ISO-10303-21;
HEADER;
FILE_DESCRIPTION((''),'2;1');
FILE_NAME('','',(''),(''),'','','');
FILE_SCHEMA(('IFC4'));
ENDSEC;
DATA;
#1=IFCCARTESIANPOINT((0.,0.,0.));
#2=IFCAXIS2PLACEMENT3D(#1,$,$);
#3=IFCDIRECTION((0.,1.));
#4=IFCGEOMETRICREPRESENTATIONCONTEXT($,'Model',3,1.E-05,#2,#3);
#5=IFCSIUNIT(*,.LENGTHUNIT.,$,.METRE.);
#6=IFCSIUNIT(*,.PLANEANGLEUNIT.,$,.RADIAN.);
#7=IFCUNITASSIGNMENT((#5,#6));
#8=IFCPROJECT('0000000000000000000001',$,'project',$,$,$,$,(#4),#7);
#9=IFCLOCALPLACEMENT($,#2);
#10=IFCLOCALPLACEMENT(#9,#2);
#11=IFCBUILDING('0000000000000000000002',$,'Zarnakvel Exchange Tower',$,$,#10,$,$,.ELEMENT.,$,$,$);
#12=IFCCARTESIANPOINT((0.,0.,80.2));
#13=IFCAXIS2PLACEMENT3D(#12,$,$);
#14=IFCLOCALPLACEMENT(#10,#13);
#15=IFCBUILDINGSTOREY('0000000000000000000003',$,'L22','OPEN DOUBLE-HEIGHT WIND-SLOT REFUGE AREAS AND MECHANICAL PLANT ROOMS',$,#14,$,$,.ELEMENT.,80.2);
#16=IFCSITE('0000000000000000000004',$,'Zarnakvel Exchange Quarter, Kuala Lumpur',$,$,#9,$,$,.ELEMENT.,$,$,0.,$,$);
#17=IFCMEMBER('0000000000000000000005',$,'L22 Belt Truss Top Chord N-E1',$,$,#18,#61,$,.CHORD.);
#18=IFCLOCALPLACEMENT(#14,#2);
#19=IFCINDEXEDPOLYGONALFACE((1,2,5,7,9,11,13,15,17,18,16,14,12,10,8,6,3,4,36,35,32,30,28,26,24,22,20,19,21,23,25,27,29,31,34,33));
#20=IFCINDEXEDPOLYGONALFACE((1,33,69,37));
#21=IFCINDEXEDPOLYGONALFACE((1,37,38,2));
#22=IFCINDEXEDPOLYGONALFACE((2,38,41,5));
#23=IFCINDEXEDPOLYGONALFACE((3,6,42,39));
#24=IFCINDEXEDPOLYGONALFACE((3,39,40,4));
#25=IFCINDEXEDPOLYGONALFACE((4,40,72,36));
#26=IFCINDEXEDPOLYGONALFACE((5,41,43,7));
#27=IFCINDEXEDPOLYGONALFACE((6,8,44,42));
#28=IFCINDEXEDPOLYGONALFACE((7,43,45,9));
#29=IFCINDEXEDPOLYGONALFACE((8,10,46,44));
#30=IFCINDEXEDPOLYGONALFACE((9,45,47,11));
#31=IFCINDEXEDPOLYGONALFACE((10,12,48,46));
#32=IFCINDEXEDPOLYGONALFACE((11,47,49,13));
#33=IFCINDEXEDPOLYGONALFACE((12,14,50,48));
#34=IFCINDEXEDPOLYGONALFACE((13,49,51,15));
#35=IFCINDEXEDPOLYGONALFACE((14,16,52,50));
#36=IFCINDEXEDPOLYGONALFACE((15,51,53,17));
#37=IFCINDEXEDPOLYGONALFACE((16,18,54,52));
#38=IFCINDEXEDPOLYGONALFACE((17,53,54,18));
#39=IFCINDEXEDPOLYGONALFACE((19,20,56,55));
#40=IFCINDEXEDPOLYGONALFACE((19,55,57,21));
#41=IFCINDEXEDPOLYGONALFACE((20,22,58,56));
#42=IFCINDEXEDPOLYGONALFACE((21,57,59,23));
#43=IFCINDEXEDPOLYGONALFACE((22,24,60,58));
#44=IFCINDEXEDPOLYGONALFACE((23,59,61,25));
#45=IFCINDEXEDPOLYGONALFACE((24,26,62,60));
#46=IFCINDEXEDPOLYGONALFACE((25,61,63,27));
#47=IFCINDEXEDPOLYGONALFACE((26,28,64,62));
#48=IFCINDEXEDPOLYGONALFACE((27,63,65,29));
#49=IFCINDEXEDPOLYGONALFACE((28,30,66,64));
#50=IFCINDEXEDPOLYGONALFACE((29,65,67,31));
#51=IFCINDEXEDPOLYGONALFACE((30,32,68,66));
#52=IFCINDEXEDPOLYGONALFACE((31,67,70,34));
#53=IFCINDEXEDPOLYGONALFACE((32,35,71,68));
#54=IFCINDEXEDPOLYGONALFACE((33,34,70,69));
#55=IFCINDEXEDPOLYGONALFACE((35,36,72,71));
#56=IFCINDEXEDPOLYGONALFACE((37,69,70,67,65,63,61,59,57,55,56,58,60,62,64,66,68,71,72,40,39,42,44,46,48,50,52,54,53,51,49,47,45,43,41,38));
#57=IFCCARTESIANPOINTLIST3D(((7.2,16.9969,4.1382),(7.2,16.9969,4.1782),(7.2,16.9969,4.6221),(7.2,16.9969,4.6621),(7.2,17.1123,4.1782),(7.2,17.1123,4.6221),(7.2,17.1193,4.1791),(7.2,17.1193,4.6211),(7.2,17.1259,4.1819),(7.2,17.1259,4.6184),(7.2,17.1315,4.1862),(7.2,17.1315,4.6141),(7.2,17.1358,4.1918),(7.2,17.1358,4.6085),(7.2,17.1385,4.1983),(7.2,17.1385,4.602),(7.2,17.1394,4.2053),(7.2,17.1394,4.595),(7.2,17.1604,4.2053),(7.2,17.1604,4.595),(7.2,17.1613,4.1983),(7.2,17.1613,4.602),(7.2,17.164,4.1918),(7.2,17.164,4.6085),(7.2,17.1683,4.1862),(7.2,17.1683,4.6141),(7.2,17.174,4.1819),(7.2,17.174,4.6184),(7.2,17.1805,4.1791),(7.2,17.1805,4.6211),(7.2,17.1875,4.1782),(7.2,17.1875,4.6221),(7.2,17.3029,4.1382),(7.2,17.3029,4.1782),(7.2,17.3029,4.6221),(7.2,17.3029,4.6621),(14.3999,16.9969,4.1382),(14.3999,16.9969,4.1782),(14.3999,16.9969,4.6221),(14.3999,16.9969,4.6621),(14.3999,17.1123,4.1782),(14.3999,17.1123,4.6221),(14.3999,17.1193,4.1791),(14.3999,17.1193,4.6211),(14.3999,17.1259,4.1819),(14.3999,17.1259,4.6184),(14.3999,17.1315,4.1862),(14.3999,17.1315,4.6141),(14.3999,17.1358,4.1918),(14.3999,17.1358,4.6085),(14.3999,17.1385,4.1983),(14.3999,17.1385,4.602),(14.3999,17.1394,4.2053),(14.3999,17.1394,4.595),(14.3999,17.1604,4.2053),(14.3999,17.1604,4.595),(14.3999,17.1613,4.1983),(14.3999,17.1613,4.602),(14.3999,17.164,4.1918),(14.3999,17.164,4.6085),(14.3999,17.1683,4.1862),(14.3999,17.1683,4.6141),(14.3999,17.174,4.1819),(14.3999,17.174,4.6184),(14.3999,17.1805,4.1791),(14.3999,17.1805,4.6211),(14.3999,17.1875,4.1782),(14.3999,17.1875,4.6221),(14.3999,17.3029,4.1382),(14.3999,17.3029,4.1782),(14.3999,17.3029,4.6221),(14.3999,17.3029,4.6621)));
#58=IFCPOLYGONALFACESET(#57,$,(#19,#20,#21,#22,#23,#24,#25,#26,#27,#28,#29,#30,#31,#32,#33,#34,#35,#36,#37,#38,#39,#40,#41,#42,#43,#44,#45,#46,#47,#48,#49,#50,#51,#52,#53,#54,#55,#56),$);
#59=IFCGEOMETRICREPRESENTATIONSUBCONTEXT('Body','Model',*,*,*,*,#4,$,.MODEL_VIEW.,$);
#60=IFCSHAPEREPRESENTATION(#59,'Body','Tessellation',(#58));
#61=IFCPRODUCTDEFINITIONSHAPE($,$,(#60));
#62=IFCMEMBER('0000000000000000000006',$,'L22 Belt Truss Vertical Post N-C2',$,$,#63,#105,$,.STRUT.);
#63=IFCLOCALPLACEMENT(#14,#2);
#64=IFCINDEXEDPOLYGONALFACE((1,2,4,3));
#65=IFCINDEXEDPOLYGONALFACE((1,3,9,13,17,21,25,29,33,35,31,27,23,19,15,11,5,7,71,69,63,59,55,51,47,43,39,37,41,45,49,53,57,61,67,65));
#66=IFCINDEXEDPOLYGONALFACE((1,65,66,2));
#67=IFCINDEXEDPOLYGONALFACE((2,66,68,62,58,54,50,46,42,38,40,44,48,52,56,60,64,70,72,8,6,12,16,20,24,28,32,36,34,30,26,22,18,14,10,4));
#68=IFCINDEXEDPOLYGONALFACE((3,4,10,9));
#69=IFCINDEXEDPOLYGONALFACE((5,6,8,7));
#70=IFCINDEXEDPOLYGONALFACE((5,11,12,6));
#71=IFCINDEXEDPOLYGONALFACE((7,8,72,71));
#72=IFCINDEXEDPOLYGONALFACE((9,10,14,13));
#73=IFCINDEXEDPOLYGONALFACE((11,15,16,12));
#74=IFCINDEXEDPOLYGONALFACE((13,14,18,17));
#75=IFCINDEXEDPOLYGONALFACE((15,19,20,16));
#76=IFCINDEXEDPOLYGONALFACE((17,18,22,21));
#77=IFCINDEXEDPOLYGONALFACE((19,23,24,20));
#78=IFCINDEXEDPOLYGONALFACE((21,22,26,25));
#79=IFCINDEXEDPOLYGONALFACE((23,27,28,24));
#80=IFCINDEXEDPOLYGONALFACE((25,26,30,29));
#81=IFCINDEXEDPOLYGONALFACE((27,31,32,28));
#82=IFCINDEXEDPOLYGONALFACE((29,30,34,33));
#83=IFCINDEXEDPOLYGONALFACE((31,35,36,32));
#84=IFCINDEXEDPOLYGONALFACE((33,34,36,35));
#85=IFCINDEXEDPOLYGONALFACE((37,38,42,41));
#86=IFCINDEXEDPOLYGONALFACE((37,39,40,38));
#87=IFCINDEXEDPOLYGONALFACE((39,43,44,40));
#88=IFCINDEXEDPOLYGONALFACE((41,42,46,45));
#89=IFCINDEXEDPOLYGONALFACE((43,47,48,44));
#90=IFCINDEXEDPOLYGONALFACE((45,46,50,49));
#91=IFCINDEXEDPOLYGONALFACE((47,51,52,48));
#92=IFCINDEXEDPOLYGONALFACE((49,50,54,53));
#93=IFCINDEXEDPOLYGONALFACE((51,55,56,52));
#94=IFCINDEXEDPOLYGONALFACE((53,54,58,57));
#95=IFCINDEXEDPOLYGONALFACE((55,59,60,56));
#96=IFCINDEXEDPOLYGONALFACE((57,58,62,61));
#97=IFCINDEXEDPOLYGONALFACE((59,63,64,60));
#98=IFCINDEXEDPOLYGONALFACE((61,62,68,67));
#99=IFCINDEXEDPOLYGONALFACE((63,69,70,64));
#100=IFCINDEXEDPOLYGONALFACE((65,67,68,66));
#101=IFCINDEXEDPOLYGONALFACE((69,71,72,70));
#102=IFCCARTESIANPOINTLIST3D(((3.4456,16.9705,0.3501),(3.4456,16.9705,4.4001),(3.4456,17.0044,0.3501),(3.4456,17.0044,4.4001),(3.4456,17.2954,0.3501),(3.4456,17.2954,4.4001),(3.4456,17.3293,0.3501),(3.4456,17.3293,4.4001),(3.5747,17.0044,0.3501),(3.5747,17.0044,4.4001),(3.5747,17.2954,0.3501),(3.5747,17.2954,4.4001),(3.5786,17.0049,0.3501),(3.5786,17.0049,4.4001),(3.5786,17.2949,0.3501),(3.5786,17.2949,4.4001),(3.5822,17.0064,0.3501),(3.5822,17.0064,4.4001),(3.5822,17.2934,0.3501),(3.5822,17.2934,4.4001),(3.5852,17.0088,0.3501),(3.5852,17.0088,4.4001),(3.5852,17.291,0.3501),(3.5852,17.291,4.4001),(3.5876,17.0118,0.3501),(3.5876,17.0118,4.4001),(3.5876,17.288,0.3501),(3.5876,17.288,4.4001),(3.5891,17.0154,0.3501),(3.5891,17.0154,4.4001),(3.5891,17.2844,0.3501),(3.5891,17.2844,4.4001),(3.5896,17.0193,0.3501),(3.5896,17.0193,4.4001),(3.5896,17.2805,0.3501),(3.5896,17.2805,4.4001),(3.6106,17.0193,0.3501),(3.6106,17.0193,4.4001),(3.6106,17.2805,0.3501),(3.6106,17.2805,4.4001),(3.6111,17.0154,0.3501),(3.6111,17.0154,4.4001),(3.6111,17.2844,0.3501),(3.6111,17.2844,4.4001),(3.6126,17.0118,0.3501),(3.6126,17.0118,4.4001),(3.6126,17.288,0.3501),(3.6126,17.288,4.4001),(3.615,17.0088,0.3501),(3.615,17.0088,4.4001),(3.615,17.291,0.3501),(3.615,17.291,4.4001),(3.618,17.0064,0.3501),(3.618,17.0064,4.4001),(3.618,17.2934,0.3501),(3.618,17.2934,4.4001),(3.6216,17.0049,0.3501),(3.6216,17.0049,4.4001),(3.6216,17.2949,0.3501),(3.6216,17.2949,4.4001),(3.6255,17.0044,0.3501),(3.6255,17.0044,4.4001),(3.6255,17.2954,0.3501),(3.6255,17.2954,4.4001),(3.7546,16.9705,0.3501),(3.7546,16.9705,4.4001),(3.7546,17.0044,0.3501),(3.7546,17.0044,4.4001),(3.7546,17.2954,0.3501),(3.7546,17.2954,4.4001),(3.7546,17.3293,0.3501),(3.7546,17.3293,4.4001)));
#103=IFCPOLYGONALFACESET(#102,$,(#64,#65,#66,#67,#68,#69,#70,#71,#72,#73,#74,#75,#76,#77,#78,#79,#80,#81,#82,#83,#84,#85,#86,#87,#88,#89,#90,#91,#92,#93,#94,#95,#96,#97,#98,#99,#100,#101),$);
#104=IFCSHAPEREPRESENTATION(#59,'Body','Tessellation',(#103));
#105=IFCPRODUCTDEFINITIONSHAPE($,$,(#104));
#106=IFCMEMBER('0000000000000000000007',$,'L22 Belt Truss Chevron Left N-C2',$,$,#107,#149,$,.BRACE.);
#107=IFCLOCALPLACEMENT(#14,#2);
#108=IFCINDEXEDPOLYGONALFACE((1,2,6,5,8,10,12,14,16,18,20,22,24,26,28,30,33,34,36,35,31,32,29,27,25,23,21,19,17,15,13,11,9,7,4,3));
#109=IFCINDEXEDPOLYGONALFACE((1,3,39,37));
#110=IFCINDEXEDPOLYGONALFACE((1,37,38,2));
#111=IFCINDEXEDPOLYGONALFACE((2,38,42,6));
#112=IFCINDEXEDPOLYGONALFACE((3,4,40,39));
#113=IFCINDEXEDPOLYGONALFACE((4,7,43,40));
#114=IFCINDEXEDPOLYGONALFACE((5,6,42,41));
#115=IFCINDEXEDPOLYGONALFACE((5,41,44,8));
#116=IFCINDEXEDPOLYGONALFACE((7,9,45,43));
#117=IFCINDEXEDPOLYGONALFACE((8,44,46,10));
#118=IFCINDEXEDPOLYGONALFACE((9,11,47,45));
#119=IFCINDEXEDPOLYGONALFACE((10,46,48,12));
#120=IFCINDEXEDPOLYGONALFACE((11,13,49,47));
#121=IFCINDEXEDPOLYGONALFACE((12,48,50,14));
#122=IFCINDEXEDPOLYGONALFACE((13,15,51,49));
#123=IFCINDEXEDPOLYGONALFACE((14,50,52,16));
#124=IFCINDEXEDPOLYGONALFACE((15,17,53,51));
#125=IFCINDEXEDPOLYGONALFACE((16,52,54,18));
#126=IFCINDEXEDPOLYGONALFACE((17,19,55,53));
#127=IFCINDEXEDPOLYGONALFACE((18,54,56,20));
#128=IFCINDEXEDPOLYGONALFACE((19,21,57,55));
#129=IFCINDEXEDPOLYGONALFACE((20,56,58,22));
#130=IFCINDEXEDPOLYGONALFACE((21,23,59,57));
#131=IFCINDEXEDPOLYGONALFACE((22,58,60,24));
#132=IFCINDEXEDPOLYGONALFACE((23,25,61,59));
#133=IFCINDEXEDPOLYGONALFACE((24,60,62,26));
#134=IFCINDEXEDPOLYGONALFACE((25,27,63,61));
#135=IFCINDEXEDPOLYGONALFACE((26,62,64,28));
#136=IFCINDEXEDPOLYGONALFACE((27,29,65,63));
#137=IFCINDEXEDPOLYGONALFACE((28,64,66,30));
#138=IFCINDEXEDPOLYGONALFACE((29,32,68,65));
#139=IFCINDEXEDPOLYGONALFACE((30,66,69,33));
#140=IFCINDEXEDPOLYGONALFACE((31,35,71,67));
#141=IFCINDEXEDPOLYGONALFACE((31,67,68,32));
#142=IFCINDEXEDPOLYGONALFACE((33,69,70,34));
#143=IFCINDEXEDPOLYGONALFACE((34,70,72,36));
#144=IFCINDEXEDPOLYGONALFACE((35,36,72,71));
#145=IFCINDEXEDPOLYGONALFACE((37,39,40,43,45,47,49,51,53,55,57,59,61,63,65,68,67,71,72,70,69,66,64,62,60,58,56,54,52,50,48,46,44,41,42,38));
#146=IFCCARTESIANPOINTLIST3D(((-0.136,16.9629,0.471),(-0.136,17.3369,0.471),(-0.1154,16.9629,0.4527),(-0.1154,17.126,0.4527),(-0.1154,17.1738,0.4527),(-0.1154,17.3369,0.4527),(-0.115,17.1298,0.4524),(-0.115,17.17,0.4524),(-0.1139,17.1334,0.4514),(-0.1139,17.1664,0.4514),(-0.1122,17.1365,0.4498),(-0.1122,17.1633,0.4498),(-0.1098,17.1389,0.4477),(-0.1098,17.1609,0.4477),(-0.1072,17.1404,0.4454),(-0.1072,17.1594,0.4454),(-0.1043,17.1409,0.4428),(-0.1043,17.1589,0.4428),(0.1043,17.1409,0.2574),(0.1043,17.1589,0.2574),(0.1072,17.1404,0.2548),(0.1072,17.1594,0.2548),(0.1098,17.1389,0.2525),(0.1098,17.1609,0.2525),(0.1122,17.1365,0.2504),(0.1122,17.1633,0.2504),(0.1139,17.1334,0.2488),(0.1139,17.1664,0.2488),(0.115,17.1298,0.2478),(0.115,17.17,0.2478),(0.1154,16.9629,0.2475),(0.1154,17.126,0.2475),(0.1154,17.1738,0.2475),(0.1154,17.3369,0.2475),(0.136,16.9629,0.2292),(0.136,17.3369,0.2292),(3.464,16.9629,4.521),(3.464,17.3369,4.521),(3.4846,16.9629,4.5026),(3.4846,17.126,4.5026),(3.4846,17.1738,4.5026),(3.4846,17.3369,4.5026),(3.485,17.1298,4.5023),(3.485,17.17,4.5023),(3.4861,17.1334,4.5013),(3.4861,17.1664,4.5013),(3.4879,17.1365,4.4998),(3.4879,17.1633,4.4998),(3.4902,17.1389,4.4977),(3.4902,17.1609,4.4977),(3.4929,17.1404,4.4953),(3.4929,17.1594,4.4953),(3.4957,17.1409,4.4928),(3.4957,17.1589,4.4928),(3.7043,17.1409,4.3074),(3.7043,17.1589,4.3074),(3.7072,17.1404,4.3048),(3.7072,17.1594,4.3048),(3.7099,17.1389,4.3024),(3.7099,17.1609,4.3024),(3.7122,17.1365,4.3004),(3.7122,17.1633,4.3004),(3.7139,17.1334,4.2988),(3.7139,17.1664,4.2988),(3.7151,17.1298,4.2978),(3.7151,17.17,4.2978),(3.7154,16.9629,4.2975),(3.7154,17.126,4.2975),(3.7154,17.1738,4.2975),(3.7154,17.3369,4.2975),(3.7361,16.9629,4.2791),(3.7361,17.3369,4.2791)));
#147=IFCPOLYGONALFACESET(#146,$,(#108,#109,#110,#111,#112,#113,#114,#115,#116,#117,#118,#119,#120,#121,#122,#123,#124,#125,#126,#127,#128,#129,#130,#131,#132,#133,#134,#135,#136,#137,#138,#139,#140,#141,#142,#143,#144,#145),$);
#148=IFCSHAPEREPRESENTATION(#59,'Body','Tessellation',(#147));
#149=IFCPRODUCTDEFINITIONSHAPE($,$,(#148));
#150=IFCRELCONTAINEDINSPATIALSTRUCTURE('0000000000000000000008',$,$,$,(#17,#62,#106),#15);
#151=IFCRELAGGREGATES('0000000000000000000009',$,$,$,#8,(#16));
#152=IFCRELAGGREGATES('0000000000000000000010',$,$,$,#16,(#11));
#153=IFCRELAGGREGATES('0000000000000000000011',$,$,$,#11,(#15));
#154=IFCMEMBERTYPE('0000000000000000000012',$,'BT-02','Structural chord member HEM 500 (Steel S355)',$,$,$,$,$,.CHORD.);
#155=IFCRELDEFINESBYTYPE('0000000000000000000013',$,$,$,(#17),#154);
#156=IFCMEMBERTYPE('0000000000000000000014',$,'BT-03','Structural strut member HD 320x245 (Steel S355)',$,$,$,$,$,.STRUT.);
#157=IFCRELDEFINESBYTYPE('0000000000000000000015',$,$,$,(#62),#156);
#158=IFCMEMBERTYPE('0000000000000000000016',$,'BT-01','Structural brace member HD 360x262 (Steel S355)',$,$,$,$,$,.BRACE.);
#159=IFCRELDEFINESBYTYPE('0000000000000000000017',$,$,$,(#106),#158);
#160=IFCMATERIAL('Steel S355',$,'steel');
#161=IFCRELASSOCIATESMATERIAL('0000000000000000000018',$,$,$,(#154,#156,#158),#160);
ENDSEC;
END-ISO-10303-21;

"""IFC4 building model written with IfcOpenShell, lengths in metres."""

from ifc_helpers import new_model, si_unit, direction, frame, origin, origin_2d, place, context, subcontext, project, spatial, i_section, extrude, source, transform, mapped, material, material_profile, profile_set, type_object, element, save


model = new_model("IFC4")

# Units and contexts
model_context = context("Model", 3, precision=1e-05, world=origin(), true_north=direction((0.0, 1.0)))
body_context = subcontext(model_context, "Body", "Model", "MODEL_VIEW")
ifc_project = project(units=[si_unit("LENGTHUNIT", "METRE"), si_unit("PLANEANGLEUNIT", "RADIAN")], contexts=[model_context])

# Site, building, storey
site_placement = place(None, origin())
site = spatial("IfcSite", under=ifc_project, at=site_placement, Name="Zarnakvel Exchange Quarter, Kuala Lumpur", CompositionType="ELEMENT", RefElevation=0.0)
building_placement = place(site_placement, origin())
building = spatial("IfcBuilding", under=site, at=building_placement, Name="Zarnakvel Exchange Tower", CompositionType="ELEMENT")
storey_placement = place(building_placement, frame((0.0, 0.0, 80.2)))
storey = spatial("IfcBuildingStorey", under=building, at=storey_placement, Name="L22", Description="OPEN DOUBLE-HEIGHT WIND-SLOT REFUGE AREAS AND MECHANICAL PLANT ROOMS", CompositionType="ELEMENT", Elevation=80.2)

# Shared definitions
ifc_material_1 = material(Name="Steel S355", Category="steel")

# Members
ifc_material_profile_1 = material_profile(ifc_material_1, i_section(OverallWidth=0.3059, OverallDepth=0.5239, WebThickness=0.021, FlangeThickness=0.04, FilletRadius=0.0271, at=origin_2d()))
ifc_profile_set_1 = profile_set([ifc_material_profile_1], Name="Steel S355")
member_type_1 = type_object("IfcMemberType", Name="BT-02", Description="Structural chord member HEM 500 (Steel S355)", PredefinedType="CHORD", material=ifc_profile_set_1)
shared_shape_1 = source(origin(), body_context, "Body", "SweptSolid", [
    extrude(i_section(OverallWidth=0.3059, OverallDepth=0.5239, WebThickness=0.021, FlangeThickness=0.04, FilletRadius=0.0271, at=origin_2d()), origin(), (0.0, 0.0, 1.0), 7.2),
])
for number, where, z_axis, x_axis, name in (
    (1, (7.2, 17.1499, 4.4001), (1.0, 0.0, 0.0), (0.0, 1.0, 0.0), "L22 Belt Truss Top Chord N-E1"),
):
    element("IfcMember", number, at=place(storey_placement, frame(where, z_axis=z_axis, x_axis=x_axis)), inside=storey, type_object=member_type_1, Name=name, PredefinedType="CHORD", context=body_context, shape_type="MappedRepresentation", body=[
        mapped(shared_shape_1, transform((0.0, 0.0, 0.0), x_axis=(1.0, 0.0, 0.0), y_axis=(0.0, 1.0, 0.0), z_axis=(0.0, 0.0, 1.0), scale=1.0)),
    ])
ifc_material_profile_2 = material_profile(ifc_material_1, i_section(OverallWidth=0.3091, OverallDepth=0.3589, WebThickness=0.021, FlangeThickness=0.0339, FilletRadius=0.0149, at=origin_2d()))
ifc_profile_set_2 = profile_set([ifc_material_profile_2], Name="Steel S355")
member_type_2 = type_object("IfcMemberType", Name="BT-03", Description="Structural strut member HD 320x245 (Steel S355)", PredefinedType="STRUT", material=ifc_profile_set_2)
shared_shape_2 = source(origin(), body_context, "Body", "SweptSolid", [
    extrude(i_section(OverallWidth=0.3091, OverallDepth=0.3589, WebThickness=0.021, FlangeThickness=0.0339, FilletRadius=0.0149, at=origin_2d()), origin(), (0.0, 0.0, 1.0), 4.05),
])
member_placement = place(storey_placement, frame((3.6001, 17.1499, 0.3501), z_axis=(0.0, 0.0, 1.0), x_axis=(1.0, 0.0, 0.0)))
element("IfcMember", 2, at=member_placement, inside=storey, type_object=member_type_2, Name="L22 Belt Truss Vertical Post N-C2", PredefinedType="STRUT", context=body_context, shape_type="MappedRepresentation", body=[
    mapped(shared_shape_2, transform((0.0, 0.0, 0.0), x_axis=(1.0, 0.0, 0.0), y_axis=(0.0, 1.0, 0.0), z_axis=(0.0, 0.0, 1.0), scale=1.0)),
])
ifc_material_profile_3 = material_profile(ifc_material_1, i_section(OverallWidth=0.374, OverallDepth=0.364, WebThickness=0.0181, FlangeThickness=0.0276, FilletRadius=0.0149, at=origin_2d()))
ifc_profile_set_3 = profile_set([ifc_material_profile_3], Name="Steel S355")
member_type_3 = type_object("IfcMemberType", Name="BT-01", Description="Structural brace member HD 360x262 (Steel S355)", PredefinedType="BRACE", material=ifc_profile_set_3)
shared_shape_3 = source(origin(), body_context, "Body", "SweptSolid", [
    extrude(i_section(OverallWidth=0.374, OverallDepth=0.364, WebThickness=0.0181, FlangeThickness=0.0276, FilletRadius=0.0149, at=origin_2d()), origin(), (0.0, 0.0, 1.0), 5.4187),
])
for number, where, z_axis, x_axis, name in (
    (3, (0.0, 17.1499, 0.3501), (0.664369, 0.0, 0.747404), (0.0, 1.0, 0.0), "L22 Belt Truss Chevron Left N-C2"),
):
    element("IfcMember", number, at=place(storey_placement, frame(where, z_axis=z_axis, x_axis=x_axis)), inside=storey, type_object=member_type_3, Name=name, PredefinedType="BRACE", context=body_context, shape_type="MappedRepresentation", body=[
        mapped(shared_shape_3, transform((0.0, 0.0, 0.0), x_axis=(1.0, 0.0, 0.0), y_axis=(0.0, 1.0, 0.0), z_axis=(0.0, 0.0, 1.0), scale=1.0)),
    ])

save(model, "model.ifc")
